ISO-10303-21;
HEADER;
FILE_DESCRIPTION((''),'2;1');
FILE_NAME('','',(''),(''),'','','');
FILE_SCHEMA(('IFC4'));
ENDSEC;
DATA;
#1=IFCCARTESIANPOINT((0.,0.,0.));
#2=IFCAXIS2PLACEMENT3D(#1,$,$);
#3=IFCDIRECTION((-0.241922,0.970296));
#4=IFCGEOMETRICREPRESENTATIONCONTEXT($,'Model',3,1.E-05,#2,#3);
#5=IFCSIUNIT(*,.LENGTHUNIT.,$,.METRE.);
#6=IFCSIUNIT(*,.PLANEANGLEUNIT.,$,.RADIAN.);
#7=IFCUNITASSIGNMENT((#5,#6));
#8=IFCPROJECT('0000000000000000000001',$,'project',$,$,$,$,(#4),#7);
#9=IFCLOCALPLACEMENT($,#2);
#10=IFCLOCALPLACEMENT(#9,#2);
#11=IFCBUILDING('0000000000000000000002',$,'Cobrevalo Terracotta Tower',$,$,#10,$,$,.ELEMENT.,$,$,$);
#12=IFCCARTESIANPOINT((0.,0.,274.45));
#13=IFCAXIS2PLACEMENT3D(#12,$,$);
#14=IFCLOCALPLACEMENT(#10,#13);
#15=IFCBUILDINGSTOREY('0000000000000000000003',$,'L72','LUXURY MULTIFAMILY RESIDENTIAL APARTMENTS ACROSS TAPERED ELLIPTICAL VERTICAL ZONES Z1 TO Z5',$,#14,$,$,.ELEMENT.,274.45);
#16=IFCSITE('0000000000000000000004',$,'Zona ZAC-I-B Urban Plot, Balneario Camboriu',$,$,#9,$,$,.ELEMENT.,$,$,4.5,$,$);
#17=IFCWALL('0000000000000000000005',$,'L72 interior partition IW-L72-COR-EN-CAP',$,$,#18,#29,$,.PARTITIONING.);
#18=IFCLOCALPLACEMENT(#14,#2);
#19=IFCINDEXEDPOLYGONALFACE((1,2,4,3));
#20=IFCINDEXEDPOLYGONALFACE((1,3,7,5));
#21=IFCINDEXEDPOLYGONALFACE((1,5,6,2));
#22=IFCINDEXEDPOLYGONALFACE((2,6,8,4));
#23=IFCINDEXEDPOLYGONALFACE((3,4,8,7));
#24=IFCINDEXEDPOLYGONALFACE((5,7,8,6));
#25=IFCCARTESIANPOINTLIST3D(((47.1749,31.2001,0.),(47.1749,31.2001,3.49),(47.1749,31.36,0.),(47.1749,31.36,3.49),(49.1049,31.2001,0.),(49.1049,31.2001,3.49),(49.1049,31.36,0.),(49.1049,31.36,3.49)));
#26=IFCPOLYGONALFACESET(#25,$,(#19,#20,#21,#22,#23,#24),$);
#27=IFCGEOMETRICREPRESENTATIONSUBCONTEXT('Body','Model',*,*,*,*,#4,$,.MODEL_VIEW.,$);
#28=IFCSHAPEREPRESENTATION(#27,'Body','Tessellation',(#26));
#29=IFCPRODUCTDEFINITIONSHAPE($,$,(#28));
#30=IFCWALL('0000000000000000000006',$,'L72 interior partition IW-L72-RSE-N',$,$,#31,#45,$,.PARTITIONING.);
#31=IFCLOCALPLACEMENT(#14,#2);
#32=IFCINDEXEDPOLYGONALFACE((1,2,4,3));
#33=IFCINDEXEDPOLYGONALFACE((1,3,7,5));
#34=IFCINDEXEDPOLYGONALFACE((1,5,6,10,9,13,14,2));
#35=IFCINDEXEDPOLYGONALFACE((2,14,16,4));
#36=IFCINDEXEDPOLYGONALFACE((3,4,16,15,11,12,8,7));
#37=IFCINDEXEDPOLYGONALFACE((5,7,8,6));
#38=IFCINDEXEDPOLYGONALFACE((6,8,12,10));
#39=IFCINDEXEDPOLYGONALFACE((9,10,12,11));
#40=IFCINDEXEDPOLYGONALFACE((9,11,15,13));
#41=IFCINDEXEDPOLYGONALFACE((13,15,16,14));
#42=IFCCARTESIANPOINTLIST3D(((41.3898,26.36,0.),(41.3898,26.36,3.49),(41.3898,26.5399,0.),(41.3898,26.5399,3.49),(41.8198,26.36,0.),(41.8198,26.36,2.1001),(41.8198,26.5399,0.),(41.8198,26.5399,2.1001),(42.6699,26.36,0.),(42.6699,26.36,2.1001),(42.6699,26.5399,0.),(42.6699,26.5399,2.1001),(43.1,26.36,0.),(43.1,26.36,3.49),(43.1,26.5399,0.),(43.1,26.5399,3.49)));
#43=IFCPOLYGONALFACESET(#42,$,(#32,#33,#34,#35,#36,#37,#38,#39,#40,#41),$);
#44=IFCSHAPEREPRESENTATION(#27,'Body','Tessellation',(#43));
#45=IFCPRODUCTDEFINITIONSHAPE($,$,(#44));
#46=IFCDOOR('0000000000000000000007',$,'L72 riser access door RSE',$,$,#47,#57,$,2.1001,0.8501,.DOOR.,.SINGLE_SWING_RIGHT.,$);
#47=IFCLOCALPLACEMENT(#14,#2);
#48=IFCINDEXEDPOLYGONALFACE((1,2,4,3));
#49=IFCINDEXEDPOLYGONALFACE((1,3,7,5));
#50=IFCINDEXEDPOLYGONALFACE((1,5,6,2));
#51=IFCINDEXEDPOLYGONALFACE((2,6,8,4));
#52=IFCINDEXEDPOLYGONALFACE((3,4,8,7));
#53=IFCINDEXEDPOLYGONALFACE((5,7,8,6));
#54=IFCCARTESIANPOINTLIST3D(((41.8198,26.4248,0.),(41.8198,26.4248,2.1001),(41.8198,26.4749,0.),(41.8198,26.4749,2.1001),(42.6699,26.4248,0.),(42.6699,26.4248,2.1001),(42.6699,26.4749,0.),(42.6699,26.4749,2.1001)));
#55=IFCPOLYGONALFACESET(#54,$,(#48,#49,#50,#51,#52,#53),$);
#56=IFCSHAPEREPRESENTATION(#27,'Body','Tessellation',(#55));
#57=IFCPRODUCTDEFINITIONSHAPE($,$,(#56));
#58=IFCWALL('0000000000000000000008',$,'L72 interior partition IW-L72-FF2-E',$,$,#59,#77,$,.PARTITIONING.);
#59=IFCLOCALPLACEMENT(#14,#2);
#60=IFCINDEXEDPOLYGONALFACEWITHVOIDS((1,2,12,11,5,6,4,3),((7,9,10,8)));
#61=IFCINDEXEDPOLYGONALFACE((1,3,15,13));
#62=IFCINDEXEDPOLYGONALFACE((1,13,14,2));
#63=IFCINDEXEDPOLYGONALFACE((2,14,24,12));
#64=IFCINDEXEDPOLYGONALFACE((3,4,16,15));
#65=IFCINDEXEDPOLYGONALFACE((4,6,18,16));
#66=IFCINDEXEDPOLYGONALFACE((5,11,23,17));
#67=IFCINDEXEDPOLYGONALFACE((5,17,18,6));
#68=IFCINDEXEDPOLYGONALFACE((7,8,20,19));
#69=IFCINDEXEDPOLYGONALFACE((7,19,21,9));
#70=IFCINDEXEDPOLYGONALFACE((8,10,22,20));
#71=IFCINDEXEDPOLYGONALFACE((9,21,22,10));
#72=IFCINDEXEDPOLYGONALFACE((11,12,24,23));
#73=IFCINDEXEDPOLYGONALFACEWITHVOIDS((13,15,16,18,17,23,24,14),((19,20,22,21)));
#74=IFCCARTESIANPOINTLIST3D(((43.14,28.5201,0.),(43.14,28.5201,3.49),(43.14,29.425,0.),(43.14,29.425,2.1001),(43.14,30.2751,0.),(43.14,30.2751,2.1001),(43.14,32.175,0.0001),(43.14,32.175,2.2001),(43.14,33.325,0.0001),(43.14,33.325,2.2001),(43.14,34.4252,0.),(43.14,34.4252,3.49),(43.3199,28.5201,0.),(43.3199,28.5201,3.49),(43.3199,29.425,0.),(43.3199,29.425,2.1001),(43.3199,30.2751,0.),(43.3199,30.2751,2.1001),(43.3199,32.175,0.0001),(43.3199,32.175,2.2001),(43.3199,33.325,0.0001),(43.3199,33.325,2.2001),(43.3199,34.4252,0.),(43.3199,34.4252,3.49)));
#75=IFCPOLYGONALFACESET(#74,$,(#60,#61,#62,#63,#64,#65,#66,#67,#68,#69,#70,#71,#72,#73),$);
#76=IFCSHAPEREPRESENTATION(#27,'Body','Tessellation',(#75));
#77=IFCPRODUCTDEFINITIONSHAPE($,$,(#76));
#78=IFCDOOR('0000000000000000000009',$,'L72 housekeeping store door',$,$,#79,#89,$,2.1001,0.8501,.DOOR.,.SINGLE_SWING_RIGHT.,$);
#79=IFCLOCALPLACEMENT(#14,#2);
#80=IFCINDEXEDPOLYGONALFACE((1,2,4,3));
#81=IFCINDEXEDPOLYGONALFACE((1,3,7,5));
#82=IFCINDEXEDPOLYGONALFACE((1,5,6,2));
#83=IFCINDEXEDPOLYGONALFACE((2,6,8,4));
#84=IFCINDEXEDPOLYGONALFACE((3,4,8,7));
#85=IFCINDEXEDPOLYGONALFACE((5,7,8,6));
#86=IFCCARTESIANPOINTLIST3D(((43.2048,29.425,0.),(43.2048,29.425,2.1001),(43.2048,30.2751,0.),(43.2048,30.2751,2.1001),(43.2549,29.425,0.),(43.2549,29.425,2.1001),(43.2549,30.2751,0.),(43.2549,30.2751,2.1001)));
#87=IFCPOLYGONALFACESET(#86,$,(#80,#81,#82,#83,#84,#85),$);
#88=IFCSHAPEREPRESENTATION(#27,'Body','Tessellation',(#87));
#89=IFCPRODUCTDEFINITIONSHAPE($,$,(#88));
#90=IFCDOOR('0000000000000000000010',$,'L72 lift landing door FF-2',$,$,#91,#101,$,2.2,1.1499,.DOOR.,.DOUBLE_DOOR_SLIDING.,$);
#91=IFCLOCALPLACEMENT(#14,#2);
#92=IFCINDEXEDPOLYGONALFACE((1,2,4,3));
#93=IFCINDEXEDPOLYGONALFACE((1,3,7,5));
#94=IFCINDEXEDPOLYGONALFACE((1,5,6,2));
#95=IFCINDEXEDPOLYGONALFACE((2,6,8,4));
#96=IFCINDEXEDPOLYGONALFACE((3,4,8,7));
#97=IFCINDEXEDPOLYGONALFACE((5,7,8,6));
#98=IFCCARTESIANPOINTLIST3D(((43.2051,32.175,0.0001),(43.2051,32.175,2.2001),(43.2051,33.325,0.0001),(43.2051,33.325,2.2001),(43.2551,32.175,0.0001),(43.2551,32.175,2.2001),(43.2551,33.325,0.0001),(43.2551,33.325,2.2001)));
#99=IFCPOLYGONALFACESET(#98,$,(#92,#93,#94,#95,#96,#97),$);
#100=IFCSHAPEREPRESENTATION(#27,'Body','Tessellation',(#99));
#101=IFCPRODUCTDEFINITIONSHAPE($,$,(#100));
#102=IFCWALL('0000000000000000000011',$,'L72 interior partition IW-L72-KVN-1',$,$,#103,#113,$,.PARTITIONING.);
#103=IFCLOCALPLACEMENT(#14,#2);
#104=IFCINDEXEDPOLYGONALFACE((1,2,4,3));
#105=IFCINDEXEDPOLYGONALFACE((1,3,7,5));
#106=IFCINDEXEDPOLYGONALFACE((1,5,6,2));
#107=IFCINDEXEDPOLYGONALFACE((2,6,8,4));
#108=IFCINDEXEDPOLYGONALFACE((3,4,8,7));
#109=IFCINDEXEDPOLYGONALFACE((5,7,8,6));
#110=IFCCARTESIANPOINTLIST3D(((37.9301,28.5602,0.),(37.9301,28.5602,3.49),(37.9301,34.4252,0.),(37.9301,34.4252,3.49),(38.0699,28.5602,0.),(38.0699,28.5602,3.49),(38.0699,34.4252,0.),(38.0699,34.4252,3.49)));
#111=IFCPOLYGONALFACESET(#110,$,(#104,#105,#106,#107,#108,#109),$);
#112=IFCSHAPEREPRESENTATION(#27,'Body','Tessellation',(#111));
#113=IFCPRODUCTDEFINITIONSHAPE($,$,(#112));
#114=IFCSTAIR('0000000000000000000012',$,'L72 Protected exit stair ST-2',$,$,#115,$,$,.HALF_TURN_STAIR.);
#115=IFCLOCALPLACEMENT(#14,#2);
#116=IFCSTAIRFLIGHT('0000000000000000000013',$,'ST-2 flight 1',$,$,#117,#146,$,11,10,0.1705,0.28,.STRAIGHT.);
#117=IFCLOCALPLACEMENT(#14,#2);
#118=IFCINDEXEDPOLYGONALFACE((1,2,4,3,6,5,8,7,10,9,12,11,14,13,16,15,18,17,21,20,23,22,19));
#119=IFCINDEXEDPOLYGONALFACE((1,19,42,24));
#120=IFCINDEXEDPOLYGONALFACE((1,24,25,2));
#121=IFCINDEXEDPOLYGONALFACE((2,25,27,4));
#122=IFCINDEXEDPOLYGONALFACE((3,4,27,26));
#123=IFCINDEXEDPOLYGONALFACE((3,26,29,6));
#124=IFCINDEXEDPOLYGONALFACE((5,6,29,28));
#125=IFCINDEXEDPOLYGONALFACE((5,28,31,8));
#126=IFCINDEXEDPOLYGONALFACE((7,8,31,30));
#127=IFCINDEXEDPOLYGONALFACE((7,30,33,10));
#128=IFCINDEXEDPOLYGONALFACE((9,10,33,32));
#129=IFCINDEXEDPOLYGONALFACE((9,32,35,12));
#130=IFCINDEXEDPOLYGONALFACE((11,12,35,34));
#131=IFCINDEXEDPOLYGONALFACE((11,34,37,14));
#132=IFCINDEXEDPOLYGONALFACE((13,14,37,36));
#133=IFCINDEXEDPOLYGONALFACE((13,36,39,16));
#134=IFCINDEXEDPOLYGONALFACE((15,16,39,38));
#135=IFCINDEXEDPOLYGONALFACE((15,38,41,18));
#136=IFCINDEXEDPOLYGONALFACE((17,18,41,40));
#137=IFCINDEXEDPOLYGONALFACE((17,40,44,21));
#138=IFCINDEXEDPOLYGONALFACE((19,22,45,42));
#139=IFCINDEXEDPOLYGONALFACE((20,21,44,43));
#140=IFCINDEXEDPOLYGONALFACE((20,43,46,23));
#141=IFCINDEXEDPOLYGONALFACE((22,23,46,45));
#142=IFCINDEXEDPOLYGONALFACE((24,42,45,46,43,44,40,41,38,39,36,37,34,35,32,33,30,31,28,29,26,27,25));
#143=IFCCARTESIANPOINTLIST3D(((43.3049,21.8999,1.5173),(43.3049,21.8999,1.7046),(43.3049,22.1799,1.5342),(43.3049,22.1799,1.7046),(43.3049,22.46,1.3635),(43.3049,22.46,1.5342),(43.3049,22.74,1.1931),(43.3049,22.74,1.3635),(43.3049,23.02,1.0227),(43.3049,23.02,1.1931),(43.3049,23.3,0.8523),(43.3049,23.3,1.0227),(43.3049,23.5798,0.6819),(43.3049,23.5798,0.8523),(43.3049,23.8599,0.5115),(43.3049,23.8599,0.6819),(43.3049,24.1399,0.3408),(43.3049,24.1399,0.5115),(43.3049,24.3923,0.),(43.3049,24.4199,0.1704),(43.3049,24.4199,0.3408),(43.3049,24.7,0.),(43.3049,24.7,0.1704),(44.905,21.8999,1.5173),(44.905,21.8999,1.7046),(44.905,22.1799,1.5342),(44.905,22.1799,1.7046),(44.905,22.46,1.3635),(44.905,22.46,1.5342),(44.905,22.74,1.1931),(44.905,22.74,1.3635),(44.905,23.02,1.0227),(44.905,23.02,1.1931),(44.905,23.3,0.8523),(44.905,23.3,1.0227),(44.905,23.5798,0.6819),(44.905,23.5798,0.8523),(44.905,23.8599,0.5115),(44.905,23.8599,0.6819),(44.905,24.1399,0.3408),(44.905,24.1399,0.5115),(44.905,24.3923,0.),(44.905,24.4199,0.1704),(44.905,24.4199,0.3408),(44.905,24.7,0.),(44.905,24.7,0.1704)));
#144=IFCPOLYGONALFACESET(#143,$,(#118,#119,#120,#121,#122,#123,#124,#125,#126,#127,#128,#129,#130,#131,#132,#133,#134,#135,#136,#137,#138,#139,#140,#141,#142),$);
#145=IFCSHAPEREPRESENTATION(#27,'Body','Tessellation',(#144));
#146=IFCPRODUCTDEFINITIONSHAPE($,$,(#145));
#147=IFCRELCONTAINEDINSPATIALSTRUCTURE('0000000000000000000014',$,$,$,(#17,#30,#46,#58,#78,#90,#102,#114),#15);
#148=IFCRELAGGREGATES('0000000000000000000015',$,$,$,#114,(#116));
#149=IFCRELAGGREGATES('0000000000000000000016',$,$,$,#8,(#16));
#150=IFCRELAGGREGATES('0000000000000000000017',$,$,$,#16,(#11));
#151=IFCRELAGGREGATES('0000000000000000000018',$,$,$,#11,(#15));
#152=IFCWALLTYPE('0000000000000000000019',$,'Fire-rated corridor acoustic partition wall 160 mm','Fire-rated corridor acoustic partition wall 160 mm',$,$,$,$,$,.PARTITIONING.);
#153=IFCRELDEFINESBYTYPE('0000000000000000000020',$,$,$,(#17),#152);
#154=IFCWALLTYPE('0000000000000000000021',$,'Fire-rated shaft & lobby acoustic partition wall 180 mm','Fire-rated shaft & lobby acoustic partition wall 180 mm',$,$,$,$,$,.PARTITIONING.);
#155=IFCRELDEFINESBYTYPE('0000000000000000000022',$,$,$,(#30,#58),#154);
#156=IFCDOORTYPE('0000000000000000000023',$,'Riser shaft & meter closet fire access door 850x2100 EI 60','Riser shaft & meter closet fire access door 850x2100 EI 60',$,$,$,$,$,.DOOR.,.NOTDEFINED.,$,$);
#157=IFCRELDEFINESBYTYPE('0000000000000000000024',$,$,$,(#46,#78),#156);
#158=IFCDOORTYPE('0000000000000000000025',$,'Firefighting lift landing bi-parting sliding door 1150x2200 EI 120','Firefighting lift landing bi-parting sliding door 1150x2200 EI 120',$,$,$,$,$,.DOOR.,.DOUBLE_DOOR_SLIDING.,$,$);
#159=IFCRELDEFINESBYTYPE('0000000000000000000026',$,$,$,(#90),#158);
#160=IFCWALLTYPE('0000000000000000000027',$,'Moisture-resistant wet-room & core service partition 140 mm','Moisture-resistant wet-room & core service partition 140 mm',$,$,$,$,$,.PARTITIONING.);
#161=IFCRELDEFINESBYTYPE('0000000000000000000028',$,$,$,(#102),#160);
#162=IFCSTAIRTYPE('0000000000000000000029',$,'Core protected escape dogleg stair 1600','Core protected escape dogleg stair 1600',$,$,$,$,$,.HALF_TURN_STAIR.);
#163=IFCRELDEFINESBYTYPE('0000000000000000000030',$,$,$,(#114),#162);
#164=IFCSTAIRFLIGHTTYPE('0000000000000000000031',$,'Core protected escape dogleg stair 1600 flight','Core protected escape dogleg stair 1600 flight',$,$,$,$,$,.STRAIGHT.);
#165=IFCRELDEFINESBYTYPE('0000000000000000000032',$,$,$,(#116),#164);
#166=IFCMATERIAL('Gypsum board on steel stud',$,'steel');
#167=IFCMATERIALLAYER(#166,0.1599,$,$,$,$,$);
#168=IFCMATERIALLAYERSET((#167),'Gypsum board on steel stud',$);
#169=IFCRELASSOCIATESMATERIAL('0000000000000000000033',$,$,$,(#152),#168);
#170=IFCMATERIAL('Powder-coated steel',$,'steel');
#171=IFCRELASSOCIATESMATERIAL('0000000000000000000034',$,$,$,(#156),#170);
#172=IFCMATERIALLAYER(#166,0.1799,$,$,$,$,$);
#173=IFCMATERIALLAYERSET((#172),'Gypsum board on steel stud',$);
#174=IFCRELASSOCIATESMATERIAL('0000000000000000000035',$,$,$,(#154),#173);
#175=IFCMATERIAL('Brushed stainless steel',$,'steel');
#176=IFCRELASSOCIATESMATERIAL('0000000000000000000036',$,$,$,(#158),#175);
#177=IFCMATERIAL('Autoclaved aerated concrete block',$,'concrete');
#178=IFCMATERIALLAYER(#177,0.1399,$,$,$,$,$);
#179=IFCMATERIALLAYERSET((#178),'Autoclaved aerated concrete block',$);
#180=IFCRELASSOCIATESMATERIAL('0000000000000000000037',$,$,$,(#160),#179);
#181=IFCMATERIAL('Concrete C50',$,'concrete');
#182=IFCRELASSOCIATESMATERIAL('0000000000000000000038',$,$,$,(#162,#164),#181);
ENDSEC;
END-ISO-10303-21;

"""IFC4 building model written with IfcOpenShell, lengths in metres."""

from ifc_helpers import new_model, si_unit, direction, frame, frame_2d, origin, place, context, subcontext, project, spatial, polyline, rectangle, outline, extrude, source, transform, mapped, material, layer, layer_set, type_object, element, fill, aggregate, save


model = new_model("IFC4")

# Units and contexts
model_context = context("Model", 3, precision=1e-05, world=origin(), true_north=direction((-0.241922, 0.970296)))
body_context = subcontext(model_context, "Body", "Model", "MODEL_VIEW")
ifc_project = project(units=[si_unit("LENGTHUNIT", "METRE"), si_unit("PLANEANGLEUNIT", "RADIAN")], contexts=[model_context])

# Site, building, storey
site_placement = place(None, origin())
site = spatial("IfcSite", under=ifc_project, at=site_placement, Name="Zona ZAC-I-B Urban Plot, Balneario Camboriu", CompositionType="ELEMENT", RefElevation=4.5)
building_placement = place(site_placement, origin())
building = spatial("IfcBuilding", under=site, at=building_placement, Name="Cobrevalo Terracotta Tower", CompositionType="ELEMENT")
storey_placement = place(building_placement, frame((0.0, 0.0, 274.45)))
storey = spatial("IfcBuildingStorey", under=building, at=storey_placement, Name="L72", Description="LUXURY MULTIFAMILY RESIDENTIAL APARTMENTS ACROSS TAPERED ELLIPTICAL VERTICAL ZONES Z1 TO Z5", CompositionType="ELEMENT", Elevation=274.45)

# Shared definitions
ifc_material_1 = material(Name="Gypsum board on steel stud", Category="steel")
ifc_layer_1 = layer(ifc_material_1, 0.1599)
ifc_layer_set_1 = layer_set([ifc_layer_1], Name="Gypsum board on steel stud")
wall_type_1 = type_object("IfcWallType", Name="Fire-rated corridor acoustic partition wall 160 mm", Description="Fire-rated corridor acoustic partition wall 160 mm", PredefinedType="PARTITIONING", material=ifc_layer_set_1)

# Shared definitions
ifc_material_2 = material(Name="Powder-coated steel", Category="steel")
door_type_1 = type_object("IfcDoorType", Name="Riser shaft & meter closet fire access door 850x2100 EI 60", Description="Riser shaft & meter closet fire access door 850x2100 EI 60", OperationType="NOTDEFINED", PredefinedType="DOOR", material=ifc_material_2)
shared_shape_1 = source(origin(), body_context, "Body", "SweptSolid", [
    extrude(rectangle(XDim=0.8501, YDim=2.1001, at=frame_2d((0.425, 1.05))), frame((0.0, 0.0249, 0.0), z_axis=(0.0, -1.0, 0.0), x_axis=(1.0, 0.0, 0.0)), (0.0, 0.0, 1.0), 0.05),
])
ifc_material_3 = material(Name="Brushed stainless steel", Category="steel")

# Wall
wall_1_placement = place(storey_placement, frame((47.175, 31.28, 0.0), z_axis=(0.0, 0.0, 1.0), x_axis=(1.0, 0.0, 0.0)))
element("IfcWall", 1, at=wall_1_placement, inside=storey, type_object=wall_type_1, Name="L72 interior partition IW-L72-COR-EN-CAP", PredefinedType="PARTITIONING", context=body_context, shape_type="SweptSolid", body=[
    extrude(rectangle(XDim=1.9299, YDim=0.1599, at=frame_2d((0.9648, 0.0))), origin(), (0.0, 0.0, 1.0), 3.49),
])

# Wall, opening, door
ifc_layer_2 = layer(ifc_material_1, 0.1799)
ifc_layer_set_2 = layer_set([ifc_layer_2], Name="Gypsum board on steel stud")
wall_type_2 = type_object("IfcWallType", Name="Fire-rated shaft & lobby acoustic partition wall 180 mm", Description="Fire-rated shaft & lobby acoustic partition wall 180 mm", PredefinedType="PARTITIONING", material=ifc_layer_set_2)
wall_2_placement = place(storey_placement, frame((41.3899, 26.45, 0.0), z_axis=(0.0, 0.0, 1.0), x_axis=(1.0, 0.0, 0.0)))
wall_2 = element("IfcWall", 2, at=wall_2_placement, inside=storey, type_object=wall_type_2, Name="L72 interior partition IW-L72-RSE-N", PredefinedType="PARTITIONING", context=body_context, shape_type="SweptSolid", body=[
    extrude(rectangle(XDim=1.7102, YDim=0.1799, at=frame_2d((0.855, 0.0))), origin(), (0.0, 0.0, 1.0), 3.49),
])
opening_1_placement = place(wall_2_placement, frame((0.4299, 0.0, 0.0)))
opening_1 = element("IfcOpeningElement", 3, at=opening_1_placement, cuts=wall_2, PredefinedType="OPENING", context=body_context, shape_type="SweptSolid", body=[
    extrude(rectangle(XDim=0.8501, YDim=2.1001, at=frame_2d((0.425, 1.05))), frame((0.0, 0.1001, 0.0), z_axis=(0.0, -1.0, 0.0), x_axis=(1.0, 0.0, 0.0)), (0.0, 0.0, 1.0), 0.2),
])
door_1_placement = place(opening_1_placement, origin())
door_1 = element("IfcDoor", 4, at=door_1_placement, inside=storey, type_object=door_type_1, Name="L72 riser access door RSE", OperationType="SINGLE_SWING_RIGHT", OverallHeight=2.1001, OverallWidth=0.8501, PredefinedType="DOOR", context=body_context, shape_type="MappedRepresentation", body=[
    mapped(shared_shape_1, transform((0.0, 0.0, 0.0), scale=1.0)),
])
fill(opening_1, door_1)

# Wall, openings, doors
wall_3_placement = place(storey_placement, frame((43.23, 28.52, 0.0), z_axis=(0.0, 0.0, 1.0), x_axis=(0.0, 1.0, 0.0)))
wall_3 = element("IfcWall", 5, at=wall_3_placement, inside=storey, type_object=wall_type_2, Name="L72 interior partition IW-L72-FF2-E", PredefinedType="PARTITIONING", context=body_context, shape_type="SweptSolid", body=[
    extrude(rectangle(XDim=5.905, YDim=0.1799, at=frame_2d((2.9526, 0.0))), origin(), (0.0, 0.0, 1.0), 3.49),
])
opening_2_placement = place(wall_3_placement, frame((0.905, 0.0, 0.0)))
opening_2 = element("IfcOpeningElement", 6, at=opening_2_placement, cuts=wall_3, PredefinedType="OPENING", context=body_context, shape_type="SweptSolid", body=[
    extrude(rectangle(XDim=0.8501, YDim=2.1001, at=frame_2d((0.425, 1.05))), frame((0.0, 0.1001, 0.0), z_axis=(0.0, -1.0, 0.0), x_axis=(1.0, 0.0, 0.0)), (0.0, 0.0, 1.0), 0.2),
])
opening_3_placement = place(wall_3_placement, frame((3.655, 0.0, 0.0)))
opening_3 = element("IfcOpeningElement", 7, at=opening_3_placement, cuts=wall_3, PredefinedType="OPENING", context=body_context, shape_type="SweptSolid", body=[
    extrude(rectangle(XDim=1.1499, YDim=2.2, at=frame_2d((0.575, 1.1001))), frame((0.0, 0.1001, 0.0), z_axis=(0.0, -1.0, 0.0), x_axis=(1.0, 0.0, 0.0)), (0.0, 0.0, 1.0), 0.2),
])
door_2_placement = place(opening_2_placement, frame((0.8501, 0.0, 0.0), z_axis=(0.0, 0.0, 1.0), x_axis=(-1.0, 0.0, 0.0)))
door_2 = element("IfcDoor", 8, at=door_2_placement, inside=storey, type_object=door_type_1, Name="L72 housekeeping store door", OperationType="SINGLE_SWING_RIGHT", OverallHeight=2.1001, OverallWidth=0.8501, PredefinedType="DOOR", context=body_context, shape_type="MappedRepresentation", body=[
    mapped(shared_shape_1, transform((0.0, 0.0, 0.0), scale=1.0)),
])
fill(opening_2, door_2)
door_type_2 = type_object("IfcDoorType", Name="Firefighting lift landing bi-parting sliding door 1150x2200 EI 120", Description="Firefighting lift landing bi-parting sliding door 1150x2200 EI 120", OperationType="DOUBLE_DOOR_SLIDING", PredefinedType="DOOR", material=ifc_material_3)
shared_shape_2 = source(origin(), body_context, "Body", "SweptSolid", [
    extrude(rectangle(XDim=1.1499, YDim=2.2, at=frame_2d((0.575, 1.1001))), frame((0.0, 0.0249, 0.0), z_axis=(0.0, -1.0, 0.0), x_axis=(1.0, 0.0, 0.0)), (0.0, 0.0, 1.0), 0.05),
])
door_3_placement = place(opening_3_placement, origin())
door_3 = element("IfcDoor", 9, at=door_3_placement, inside=storey, type_object=door_type_2, Name="L72 lift landing door FF-2", OperationType="DOUBLE_DOOR_SLIDING", OverallHeight=2.2, OverallWidth=1.1499, PredefinedType="DOOR", context=body_context, shape_type="MappedRepresentation", body=[
    mapped(shared_shape_2, transform((0.0, 0.0, 0.0), scale=1.0)),
])
fill(opening_3, door_3)

# Wall
ifc_material_4 = material(Name="Autoclaved aerated concrete block", Category="concrete")
ifc_layer_3 = layer(ifc_material_4, 0.1399)
ifc_layer_set_3 = layer_set([ifc_layer_3], Name="Autoclaved aerated concrete block")
wall_type_3 = type_object("IfcWallType", Name="Moisture-resistant wet-room & core service partition 140 mm", Description="Moisture-resistant wet-room & core service partition 140 mm", PredefinedType="PARTITIONING", material=ifc_layer_set_3)
wall_4_placement = place(storey_placement, frame((38.0, 28.5601, 0.0), z_axis=(0.0, 0.0, 1.0), x_axis=(0.0, 1.0, 0.0)))
element("IfcWall", 10, at=wall_4_placement, inside=storey, type_object=wall_type_3, Name="L72 interior partition IW-L72-KVN-1", PredefinedType="PARTITIONING", context=body_context, shape_type="SweptSolid", body=[
    extrude(rectangle(XDim=5.865, YDim=0.1399, at=frame_2d((2.9326, 0.0))), origin(), (0.0, 0.0, 1.0), 3.49),
])

# Shared definitions
ifc_material_5 = material(Name="Concrete C50", Category="concrete")

# Stair, stair flight
stair_type = type_object("IfcStairType", Name="Core protected escape dogleg stair 1600", Description="Core protected escape dogleg stair 1600", PredefinedType="HALF_TURN_STAIR", material=ifc_material_5)
stair_placement = place(storey_placement, origin())
stair = element("IfcStair", 11, at=stair_placement, inside=storey, type_object=stair_type, Name="L72 Protected exit stair ST-2", PredefinedType="HALF_TURN_STAIR")
stair_flight_type = type_object("IfcStairFlightType", Name="Core protected escape dogleg stair 1600 flight", Description="Core protected escape dogleg stair 1600 flight", PredefinedType="STRAIGHT", material=ifc_material_5)
stair_flight_placement = place(storey_placement, frame((44.105, 24.7, 0.0), z_axis=(0.0, 0.0, 1.0), x_axis=(0.0, -1.0, 0.0)))
stair_flight = element("IfcStairFlight", 12, at=stair_flight_placement, type_object=stair_flight_type, Name="ST-2 flight 1", NumberOfRisers=11, NumberOfTreads=10, PredefinedType="STRAIGHT", RiserHeight=0.1705, TreadLength=0.28, context=body_context, shape_type="SweptSolid", body=[
    extrude(outline(polyline([(0.0, 0.0), (0.0, 0.1704), (0.28, 0.1704), (0.28, 0.3408), (0.5601, 0.3408), (0.5601, 0.5115), (0.8401, 0.5115), (0.8401, 0.6819), (1.1201, 0.6819), (1.1201, 0.8523), (1.3999, 0.8523), (1.3999, 1.0227), (1.6799, 1.0227), (1.6799, 1.1931), (1.96, 1.1931), (1.96, 1.3635), (2.24, 1.3635), (2.24, 1.5342), (2.52, 1.5342), (2.52, 1.7046), (2.8, 1.7046), (2.8, 1.875), (2.8, 1.5173), (0.3076, 0.0), (0.0, 0.0)])), frame((0.0, 0.8, 0.0), z_axis=(0.0, -1.0, 0.0), x_axis=(1.0, 0.0, 0.0)), (0.0, 0.0, 1.0), 1.6001),
])
aggregate(stair, [stair_flight])

save(model, "model.ifc")
